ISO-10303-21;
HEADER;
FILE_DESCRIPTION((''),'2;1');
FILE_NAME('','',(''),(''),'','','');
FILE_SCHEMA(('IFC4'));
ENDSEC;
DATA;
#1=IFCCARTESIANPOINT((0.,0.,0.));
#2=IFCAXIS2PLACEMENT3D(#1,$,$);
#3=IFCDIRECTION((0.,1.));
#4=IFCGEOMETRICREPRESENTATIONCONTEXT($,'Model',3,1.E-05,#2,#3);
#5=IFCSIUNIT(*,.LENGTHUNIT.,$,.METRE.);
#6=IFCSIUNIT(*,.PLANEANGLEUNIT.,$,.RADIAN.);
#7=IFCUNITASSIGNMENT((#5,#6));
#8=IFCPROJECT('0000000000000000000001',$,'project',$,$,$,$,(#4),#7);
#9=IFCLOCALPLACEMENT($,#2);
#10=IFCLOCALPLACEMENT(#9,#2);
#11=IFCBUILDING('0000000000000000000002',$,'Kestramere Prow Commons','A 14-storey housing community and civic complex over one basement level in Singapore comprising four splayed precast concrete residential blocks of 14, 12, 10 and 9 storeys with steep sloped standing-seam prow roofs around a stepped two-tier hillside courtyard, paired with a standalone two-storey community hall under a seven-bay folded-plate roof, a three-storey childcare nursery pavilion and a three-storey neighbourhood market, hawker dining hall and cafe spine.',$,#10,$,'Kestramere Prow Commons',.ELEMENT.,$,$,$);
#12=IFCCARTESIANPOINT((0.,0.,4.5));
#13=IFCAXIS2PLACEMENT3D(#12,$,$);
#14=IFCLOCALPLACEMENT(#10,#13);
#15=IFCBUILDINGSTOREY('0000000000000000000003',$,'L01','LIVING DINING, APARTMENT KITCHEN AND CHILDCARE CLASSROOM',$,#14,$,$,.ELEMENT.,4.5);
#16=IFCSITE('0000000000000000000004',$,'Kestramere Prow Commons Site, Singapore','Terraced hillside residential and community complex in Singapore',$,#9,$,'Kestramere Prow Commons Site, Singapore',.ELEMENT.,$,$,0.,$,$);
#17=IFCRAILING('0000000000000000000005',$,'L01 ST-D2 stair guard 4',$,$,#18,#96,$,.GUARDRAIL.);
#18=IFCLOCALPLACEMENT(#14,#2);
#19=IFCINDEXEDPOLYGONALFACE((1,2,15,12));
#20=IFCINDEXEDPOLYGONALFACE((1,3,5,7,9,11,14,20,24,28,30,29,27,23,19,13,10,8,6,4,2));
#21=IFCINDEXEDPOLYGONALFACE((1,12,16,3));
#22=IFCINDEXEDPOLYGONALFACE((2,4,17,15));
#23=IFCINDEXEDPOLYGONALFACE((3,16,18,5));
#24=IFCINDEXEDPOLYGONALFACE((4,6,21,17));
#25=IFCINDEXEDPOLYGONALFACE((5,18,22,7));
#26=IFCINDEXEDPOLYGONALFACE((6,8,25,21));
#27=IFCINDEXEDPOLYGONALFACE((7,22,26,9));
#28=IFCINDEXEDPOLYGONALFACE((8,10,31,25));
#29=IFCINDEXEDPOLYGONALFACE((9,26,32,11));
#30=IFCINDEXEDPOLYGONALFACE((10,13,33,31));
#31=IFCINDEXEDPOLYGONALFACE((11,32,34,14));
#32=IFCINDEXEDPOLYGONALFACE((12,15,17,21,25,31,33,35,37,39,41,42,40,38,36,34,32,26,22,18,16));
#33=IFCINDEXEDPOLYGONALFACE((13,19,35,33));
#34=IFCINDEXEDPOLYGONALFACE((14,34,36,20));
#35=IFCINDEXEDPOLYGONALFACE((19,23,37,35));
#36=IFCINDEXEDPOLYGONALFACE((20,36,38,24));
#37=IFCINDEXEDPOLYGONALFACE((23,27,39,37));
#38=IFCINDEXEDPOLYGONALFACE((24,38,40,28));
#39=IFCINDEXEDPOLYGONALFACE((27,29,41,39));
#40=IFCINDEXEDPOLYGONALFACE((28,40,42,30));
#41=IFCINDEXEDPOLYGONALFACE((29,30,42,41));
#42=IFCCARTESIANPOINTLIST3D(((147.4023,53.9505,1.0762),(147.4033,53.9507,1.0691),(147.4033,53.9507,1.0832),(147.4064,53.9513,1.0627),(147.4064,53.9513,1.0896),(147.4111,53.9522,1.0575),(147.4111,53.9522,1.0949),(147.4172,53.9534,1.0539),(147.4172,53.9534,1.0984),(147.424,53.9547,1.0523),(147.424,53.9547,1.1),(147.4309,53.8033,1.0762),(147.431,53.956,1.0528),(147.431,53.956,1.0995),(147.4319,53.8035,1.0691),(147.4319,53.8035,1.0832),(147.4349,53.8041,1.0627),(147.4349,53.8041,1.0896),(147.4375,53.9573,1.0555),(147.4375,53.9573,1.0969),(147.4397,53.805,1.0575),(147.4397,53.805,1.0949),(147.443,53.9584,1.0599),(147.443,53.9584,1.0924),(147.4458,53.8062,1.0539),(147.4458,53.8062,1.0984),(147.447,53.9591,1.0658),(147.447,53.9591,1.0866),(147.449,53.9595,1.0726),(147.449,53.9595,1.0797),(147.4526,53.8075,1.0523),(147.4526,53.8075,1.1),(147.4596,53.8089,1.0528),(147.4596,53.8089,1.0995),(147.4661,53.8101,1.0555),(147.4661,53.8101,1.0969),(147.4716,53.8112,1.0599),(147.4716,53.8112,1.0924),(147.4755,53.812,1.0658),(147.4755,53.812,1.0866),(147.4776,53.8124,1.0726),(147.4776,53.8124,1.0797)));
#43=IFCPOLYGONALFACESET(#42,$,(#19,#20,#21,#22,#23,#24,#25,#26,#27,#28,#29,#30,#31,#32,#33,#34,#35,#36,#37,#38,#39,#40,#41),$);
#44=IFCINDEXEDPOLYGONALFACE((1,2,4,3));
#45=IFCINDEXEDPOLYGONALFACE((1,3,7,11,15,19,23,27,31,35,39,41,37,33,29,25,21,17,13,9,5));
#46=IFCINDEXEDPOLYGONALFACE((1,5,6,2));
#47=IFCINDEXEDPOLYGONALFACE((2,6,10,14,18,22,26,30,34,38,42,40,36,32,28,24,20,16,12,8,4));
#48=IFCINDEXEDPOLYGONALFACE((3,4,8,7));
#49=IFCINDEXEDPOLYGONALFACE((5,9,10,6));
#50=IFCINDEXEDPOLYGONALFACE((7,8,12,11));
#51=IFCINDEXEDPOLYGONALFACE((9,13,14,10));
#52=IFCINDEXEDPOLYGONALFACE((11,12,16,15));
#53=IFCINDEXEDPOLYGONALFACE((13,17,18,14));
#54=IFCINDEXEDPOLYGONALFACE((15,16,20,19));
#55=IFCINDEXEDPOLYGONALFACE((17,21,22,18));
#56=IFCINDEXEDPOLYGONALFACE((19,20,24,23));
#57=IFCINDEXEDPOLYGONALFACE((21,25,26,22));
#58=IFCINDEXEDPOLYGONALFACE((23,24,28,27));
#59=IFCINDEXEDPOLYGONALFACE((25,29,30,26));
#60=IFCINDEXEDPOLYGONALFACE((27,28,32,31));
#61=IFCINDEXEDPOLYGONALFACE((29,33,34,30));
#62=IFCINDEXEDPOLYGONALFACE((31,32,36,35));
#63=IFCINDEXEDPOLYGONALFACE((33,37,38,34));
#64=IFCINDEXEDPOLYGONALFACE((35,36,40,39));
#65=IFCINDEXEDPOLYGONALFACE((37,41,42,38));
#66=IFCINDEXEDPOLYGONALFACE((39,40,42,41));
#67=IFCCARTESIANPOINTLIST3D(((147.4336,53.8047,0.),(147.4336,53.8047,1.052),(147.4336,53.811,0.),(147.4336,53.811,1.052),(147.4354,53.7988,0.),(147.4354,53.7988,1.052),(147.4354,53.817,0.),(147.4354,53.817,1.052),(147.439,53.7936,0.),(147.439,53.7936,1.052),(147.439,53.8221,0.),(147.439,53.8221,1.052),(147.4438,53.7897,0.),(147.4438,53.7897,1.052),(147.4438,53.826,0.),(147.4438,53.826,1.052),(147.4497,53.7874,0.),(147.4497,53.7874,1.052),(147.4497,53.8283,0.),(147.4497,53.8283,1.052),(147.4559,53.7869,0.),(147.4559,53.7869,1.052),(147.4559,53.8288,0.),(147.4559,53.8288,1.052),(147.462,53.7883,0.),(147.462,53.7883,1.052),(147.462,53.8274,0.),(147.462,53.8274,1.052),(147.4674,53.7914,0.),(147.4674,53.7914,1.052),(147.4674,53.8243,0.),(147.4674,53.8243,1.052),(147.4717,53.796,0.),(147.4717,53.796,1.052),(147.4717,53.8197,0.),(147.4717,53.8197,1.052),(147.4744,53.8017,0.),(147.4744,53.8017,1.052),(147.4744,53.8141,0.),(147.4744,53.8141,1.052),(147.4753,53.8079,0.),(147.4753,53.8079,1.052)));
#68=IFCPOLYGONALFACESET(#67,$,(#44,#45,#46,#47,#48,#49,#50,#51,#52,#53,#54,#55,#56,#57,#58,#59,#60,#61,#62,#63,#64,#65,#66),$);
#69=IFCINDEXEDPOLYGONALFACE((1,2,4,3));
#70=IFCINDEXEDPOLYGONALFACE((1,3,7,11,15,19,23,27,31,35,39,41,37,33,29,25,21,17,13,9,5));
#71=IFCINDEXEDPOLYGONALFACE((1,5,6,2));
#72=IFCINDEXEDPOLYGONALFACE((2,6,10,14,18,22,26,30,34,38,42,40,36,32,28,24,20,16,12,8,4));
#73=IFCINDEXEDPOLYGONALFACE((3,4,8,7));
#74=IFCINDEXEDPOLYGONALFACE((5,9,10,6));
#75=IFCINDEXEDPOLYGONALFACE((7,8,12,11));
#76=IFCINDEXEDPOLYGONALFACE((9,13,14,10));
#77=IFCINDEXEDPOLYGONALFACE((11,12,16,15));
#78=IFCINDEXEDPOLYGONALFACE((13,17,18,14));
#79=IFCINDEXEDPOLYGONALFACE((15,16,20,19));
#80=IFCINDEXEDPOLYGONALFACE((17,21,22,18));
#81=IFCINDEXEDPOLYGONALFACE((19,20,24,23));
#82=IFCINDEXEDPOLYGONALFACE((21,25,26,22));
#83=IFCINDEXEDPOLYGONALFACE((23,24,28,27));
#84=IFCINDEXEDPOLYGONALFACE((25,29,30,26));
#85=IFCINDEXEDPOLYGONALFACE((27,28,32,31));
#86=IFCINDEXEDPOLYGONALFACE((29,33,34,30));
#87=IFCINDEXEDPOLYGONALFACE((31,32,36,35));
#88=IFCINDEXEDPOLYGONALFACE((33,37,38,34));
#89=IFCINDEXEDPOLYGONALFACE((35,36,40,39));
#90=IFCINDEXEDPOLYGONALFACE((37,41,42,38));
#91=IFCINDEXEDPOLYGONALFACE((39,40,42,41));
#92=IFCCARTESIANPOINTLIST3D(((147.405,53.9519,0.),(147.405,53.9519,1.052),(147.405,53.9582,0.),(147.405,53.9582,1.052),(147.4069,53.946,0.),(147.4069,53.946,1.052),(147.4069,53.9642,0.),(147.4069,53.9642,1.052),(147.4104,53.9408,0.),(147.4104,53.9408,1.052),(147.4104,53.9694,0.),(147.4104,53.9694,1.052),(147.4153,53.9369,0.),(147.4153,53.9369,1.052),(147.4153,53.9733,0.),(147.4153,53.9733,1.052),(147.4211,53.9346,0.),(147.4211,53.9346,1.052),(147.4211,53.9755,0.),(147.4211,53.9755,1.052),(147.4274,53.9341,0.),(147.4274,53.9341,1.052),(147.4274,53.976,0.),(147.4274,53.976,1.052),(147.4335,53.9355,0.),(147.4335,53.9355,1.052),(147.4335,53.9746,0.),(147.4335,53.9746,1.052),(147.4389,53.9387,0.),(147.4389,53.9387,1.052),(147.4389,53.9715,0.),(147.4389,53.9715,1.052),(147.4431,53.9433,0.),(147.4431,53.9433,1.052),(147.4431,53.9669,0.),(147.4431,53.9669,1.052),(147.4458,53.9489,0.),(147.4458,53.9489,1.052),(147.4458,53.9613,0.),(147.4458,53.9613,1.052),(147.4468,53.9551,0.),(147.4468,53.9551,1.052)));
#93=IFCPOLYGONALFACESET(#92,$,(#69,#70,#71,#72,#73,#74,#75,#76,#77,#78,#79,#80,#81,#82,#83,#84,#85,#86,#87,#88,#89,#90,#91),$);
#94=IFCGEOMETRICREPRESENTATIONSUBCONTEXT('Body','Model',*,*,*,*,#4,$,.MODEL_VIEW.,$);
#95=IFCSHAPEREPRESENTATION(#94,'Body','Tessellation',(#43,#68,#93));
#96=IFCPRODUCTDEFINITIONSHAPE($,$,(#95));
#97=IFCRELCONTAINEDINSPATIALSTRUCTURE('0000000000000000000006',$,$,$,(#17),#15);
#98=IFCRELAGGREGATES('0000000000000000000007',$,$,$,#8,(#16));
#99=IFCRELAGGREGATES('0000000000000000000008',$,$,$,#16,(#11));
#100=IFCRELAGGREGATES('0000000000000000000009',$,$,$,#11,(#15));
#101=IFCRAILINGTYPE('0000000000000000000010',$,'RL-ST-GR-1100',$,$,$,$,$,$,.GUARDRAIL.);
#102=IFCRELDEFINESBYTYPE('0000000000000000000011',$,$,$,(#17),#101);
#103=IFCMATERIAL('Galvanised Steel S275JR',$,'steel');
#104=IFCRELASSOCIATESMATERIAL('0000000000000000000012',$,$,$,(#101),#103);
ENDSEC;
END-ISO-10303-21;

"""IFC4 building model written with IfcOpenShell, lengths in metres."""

from ifc_helpers import new_model, si_unit, direction, frame, origin, origin_2d, place, context, subcontext, project, spatial, circle, extrude, material, type_object, element, save


model = new_model("IFC4")

# Units and contexts
model_context = context("Model", 3, precision=1e-05, world=origin(), true_north=direction((0.0, 1.0)))
body_context = subcontext(model_context, "Body", "Model", "MODEL_VIEW")
ifc_project = project(units=[si_unit("LENGTHUNIT", "METRE"), si_unit("PLANEANGLEUNIT", "RADIAN")], contexts=[model_context])

# Site, building, storey
site_placement = place(None, origin())
site = spatial("IfcSite", under=ifc_project, at=site_placement, Name="Kestramere Prow Commons Site, Singapore", Description="Terraced hillside residential and community complex in Singapore", LongName="Kestramere Prow Commons Site, Singapore", CompositionType="ELEMENT", RefElevation=0.0)
building_placement = place(site_placement, origin())
building = spatial("IfcBuilding", under=site, at=building_placement, Name="Kestramere Prow Commons", Description="A 14-storey housing community and civic complex over one basement level in Singapore comprising four splayed precast concrete residential blocks of 14, 12, 10 and 9 storeys with steep sloped standing-seam prow roofs around a stepped two-tier hillside courtyard, paired with a standalone two-storey community hall under a seven-bay folded-plate roof, a three-storey childcare nursery pavilion and a three-storey neighbourhood market, hawker dining hall and cafe spine.", LongName="Kestramere Prow Commons", CompositionType="ELEMENT")
storey_placement = place(building_placement, frame((0.0, 0.0, 4.5)))
storey = spatial("IfcBuildingStorey", under=building, at=storey_placement, Name="L01", Description="LIVING DINING, APARTMENT KITCHEN AND CHILDCARE CLASSROOM", CompositionType="ELEMENT", Elevation=4.5)

# Railing
ifc_material_1 = material(Name="Galvanised Steel S275JR", Category="steel")
railing_type_1 = type_object("IfcRailingType", Name="RL-ST-GR-1100", PredefinedType="GUARDRAIL", material=ifc_material_1)
railing_1_placement = place(storey_placement, frame((147.4543, 53.8079, 0.0)))
element("IfcRailing", 1, at=railing_1_placement, inside=storey, type_object=railing_type_1, Name="L01 ST-D2 stair guard 4", PredefinedType="GUARDRAIL", context=body_context, shape_type="SweptSolid", body=[
    extrude(circle(Radius=0.0239, at=origin_2d()), frame((0.0, 0.0, 1.0762), z_axis=(-0.190477, 0.981692, 0.0), x_axis=(-0.981692, -0.190477, 0.0)), (0.0, 0.0, 1.0), 0.1499),
    extrude(circle(Radius=0.021, at=origin_2d()), origin(), (0.0, 0.0, 1.0), 1.052),
    extrude(circle(Radius=0.021, at=origin_2d()), frame((-0.0286, 0.1472, 0.0)), (0.0, 0.0, 1.0), 1.052),
])

save(model, "model.ifc")
